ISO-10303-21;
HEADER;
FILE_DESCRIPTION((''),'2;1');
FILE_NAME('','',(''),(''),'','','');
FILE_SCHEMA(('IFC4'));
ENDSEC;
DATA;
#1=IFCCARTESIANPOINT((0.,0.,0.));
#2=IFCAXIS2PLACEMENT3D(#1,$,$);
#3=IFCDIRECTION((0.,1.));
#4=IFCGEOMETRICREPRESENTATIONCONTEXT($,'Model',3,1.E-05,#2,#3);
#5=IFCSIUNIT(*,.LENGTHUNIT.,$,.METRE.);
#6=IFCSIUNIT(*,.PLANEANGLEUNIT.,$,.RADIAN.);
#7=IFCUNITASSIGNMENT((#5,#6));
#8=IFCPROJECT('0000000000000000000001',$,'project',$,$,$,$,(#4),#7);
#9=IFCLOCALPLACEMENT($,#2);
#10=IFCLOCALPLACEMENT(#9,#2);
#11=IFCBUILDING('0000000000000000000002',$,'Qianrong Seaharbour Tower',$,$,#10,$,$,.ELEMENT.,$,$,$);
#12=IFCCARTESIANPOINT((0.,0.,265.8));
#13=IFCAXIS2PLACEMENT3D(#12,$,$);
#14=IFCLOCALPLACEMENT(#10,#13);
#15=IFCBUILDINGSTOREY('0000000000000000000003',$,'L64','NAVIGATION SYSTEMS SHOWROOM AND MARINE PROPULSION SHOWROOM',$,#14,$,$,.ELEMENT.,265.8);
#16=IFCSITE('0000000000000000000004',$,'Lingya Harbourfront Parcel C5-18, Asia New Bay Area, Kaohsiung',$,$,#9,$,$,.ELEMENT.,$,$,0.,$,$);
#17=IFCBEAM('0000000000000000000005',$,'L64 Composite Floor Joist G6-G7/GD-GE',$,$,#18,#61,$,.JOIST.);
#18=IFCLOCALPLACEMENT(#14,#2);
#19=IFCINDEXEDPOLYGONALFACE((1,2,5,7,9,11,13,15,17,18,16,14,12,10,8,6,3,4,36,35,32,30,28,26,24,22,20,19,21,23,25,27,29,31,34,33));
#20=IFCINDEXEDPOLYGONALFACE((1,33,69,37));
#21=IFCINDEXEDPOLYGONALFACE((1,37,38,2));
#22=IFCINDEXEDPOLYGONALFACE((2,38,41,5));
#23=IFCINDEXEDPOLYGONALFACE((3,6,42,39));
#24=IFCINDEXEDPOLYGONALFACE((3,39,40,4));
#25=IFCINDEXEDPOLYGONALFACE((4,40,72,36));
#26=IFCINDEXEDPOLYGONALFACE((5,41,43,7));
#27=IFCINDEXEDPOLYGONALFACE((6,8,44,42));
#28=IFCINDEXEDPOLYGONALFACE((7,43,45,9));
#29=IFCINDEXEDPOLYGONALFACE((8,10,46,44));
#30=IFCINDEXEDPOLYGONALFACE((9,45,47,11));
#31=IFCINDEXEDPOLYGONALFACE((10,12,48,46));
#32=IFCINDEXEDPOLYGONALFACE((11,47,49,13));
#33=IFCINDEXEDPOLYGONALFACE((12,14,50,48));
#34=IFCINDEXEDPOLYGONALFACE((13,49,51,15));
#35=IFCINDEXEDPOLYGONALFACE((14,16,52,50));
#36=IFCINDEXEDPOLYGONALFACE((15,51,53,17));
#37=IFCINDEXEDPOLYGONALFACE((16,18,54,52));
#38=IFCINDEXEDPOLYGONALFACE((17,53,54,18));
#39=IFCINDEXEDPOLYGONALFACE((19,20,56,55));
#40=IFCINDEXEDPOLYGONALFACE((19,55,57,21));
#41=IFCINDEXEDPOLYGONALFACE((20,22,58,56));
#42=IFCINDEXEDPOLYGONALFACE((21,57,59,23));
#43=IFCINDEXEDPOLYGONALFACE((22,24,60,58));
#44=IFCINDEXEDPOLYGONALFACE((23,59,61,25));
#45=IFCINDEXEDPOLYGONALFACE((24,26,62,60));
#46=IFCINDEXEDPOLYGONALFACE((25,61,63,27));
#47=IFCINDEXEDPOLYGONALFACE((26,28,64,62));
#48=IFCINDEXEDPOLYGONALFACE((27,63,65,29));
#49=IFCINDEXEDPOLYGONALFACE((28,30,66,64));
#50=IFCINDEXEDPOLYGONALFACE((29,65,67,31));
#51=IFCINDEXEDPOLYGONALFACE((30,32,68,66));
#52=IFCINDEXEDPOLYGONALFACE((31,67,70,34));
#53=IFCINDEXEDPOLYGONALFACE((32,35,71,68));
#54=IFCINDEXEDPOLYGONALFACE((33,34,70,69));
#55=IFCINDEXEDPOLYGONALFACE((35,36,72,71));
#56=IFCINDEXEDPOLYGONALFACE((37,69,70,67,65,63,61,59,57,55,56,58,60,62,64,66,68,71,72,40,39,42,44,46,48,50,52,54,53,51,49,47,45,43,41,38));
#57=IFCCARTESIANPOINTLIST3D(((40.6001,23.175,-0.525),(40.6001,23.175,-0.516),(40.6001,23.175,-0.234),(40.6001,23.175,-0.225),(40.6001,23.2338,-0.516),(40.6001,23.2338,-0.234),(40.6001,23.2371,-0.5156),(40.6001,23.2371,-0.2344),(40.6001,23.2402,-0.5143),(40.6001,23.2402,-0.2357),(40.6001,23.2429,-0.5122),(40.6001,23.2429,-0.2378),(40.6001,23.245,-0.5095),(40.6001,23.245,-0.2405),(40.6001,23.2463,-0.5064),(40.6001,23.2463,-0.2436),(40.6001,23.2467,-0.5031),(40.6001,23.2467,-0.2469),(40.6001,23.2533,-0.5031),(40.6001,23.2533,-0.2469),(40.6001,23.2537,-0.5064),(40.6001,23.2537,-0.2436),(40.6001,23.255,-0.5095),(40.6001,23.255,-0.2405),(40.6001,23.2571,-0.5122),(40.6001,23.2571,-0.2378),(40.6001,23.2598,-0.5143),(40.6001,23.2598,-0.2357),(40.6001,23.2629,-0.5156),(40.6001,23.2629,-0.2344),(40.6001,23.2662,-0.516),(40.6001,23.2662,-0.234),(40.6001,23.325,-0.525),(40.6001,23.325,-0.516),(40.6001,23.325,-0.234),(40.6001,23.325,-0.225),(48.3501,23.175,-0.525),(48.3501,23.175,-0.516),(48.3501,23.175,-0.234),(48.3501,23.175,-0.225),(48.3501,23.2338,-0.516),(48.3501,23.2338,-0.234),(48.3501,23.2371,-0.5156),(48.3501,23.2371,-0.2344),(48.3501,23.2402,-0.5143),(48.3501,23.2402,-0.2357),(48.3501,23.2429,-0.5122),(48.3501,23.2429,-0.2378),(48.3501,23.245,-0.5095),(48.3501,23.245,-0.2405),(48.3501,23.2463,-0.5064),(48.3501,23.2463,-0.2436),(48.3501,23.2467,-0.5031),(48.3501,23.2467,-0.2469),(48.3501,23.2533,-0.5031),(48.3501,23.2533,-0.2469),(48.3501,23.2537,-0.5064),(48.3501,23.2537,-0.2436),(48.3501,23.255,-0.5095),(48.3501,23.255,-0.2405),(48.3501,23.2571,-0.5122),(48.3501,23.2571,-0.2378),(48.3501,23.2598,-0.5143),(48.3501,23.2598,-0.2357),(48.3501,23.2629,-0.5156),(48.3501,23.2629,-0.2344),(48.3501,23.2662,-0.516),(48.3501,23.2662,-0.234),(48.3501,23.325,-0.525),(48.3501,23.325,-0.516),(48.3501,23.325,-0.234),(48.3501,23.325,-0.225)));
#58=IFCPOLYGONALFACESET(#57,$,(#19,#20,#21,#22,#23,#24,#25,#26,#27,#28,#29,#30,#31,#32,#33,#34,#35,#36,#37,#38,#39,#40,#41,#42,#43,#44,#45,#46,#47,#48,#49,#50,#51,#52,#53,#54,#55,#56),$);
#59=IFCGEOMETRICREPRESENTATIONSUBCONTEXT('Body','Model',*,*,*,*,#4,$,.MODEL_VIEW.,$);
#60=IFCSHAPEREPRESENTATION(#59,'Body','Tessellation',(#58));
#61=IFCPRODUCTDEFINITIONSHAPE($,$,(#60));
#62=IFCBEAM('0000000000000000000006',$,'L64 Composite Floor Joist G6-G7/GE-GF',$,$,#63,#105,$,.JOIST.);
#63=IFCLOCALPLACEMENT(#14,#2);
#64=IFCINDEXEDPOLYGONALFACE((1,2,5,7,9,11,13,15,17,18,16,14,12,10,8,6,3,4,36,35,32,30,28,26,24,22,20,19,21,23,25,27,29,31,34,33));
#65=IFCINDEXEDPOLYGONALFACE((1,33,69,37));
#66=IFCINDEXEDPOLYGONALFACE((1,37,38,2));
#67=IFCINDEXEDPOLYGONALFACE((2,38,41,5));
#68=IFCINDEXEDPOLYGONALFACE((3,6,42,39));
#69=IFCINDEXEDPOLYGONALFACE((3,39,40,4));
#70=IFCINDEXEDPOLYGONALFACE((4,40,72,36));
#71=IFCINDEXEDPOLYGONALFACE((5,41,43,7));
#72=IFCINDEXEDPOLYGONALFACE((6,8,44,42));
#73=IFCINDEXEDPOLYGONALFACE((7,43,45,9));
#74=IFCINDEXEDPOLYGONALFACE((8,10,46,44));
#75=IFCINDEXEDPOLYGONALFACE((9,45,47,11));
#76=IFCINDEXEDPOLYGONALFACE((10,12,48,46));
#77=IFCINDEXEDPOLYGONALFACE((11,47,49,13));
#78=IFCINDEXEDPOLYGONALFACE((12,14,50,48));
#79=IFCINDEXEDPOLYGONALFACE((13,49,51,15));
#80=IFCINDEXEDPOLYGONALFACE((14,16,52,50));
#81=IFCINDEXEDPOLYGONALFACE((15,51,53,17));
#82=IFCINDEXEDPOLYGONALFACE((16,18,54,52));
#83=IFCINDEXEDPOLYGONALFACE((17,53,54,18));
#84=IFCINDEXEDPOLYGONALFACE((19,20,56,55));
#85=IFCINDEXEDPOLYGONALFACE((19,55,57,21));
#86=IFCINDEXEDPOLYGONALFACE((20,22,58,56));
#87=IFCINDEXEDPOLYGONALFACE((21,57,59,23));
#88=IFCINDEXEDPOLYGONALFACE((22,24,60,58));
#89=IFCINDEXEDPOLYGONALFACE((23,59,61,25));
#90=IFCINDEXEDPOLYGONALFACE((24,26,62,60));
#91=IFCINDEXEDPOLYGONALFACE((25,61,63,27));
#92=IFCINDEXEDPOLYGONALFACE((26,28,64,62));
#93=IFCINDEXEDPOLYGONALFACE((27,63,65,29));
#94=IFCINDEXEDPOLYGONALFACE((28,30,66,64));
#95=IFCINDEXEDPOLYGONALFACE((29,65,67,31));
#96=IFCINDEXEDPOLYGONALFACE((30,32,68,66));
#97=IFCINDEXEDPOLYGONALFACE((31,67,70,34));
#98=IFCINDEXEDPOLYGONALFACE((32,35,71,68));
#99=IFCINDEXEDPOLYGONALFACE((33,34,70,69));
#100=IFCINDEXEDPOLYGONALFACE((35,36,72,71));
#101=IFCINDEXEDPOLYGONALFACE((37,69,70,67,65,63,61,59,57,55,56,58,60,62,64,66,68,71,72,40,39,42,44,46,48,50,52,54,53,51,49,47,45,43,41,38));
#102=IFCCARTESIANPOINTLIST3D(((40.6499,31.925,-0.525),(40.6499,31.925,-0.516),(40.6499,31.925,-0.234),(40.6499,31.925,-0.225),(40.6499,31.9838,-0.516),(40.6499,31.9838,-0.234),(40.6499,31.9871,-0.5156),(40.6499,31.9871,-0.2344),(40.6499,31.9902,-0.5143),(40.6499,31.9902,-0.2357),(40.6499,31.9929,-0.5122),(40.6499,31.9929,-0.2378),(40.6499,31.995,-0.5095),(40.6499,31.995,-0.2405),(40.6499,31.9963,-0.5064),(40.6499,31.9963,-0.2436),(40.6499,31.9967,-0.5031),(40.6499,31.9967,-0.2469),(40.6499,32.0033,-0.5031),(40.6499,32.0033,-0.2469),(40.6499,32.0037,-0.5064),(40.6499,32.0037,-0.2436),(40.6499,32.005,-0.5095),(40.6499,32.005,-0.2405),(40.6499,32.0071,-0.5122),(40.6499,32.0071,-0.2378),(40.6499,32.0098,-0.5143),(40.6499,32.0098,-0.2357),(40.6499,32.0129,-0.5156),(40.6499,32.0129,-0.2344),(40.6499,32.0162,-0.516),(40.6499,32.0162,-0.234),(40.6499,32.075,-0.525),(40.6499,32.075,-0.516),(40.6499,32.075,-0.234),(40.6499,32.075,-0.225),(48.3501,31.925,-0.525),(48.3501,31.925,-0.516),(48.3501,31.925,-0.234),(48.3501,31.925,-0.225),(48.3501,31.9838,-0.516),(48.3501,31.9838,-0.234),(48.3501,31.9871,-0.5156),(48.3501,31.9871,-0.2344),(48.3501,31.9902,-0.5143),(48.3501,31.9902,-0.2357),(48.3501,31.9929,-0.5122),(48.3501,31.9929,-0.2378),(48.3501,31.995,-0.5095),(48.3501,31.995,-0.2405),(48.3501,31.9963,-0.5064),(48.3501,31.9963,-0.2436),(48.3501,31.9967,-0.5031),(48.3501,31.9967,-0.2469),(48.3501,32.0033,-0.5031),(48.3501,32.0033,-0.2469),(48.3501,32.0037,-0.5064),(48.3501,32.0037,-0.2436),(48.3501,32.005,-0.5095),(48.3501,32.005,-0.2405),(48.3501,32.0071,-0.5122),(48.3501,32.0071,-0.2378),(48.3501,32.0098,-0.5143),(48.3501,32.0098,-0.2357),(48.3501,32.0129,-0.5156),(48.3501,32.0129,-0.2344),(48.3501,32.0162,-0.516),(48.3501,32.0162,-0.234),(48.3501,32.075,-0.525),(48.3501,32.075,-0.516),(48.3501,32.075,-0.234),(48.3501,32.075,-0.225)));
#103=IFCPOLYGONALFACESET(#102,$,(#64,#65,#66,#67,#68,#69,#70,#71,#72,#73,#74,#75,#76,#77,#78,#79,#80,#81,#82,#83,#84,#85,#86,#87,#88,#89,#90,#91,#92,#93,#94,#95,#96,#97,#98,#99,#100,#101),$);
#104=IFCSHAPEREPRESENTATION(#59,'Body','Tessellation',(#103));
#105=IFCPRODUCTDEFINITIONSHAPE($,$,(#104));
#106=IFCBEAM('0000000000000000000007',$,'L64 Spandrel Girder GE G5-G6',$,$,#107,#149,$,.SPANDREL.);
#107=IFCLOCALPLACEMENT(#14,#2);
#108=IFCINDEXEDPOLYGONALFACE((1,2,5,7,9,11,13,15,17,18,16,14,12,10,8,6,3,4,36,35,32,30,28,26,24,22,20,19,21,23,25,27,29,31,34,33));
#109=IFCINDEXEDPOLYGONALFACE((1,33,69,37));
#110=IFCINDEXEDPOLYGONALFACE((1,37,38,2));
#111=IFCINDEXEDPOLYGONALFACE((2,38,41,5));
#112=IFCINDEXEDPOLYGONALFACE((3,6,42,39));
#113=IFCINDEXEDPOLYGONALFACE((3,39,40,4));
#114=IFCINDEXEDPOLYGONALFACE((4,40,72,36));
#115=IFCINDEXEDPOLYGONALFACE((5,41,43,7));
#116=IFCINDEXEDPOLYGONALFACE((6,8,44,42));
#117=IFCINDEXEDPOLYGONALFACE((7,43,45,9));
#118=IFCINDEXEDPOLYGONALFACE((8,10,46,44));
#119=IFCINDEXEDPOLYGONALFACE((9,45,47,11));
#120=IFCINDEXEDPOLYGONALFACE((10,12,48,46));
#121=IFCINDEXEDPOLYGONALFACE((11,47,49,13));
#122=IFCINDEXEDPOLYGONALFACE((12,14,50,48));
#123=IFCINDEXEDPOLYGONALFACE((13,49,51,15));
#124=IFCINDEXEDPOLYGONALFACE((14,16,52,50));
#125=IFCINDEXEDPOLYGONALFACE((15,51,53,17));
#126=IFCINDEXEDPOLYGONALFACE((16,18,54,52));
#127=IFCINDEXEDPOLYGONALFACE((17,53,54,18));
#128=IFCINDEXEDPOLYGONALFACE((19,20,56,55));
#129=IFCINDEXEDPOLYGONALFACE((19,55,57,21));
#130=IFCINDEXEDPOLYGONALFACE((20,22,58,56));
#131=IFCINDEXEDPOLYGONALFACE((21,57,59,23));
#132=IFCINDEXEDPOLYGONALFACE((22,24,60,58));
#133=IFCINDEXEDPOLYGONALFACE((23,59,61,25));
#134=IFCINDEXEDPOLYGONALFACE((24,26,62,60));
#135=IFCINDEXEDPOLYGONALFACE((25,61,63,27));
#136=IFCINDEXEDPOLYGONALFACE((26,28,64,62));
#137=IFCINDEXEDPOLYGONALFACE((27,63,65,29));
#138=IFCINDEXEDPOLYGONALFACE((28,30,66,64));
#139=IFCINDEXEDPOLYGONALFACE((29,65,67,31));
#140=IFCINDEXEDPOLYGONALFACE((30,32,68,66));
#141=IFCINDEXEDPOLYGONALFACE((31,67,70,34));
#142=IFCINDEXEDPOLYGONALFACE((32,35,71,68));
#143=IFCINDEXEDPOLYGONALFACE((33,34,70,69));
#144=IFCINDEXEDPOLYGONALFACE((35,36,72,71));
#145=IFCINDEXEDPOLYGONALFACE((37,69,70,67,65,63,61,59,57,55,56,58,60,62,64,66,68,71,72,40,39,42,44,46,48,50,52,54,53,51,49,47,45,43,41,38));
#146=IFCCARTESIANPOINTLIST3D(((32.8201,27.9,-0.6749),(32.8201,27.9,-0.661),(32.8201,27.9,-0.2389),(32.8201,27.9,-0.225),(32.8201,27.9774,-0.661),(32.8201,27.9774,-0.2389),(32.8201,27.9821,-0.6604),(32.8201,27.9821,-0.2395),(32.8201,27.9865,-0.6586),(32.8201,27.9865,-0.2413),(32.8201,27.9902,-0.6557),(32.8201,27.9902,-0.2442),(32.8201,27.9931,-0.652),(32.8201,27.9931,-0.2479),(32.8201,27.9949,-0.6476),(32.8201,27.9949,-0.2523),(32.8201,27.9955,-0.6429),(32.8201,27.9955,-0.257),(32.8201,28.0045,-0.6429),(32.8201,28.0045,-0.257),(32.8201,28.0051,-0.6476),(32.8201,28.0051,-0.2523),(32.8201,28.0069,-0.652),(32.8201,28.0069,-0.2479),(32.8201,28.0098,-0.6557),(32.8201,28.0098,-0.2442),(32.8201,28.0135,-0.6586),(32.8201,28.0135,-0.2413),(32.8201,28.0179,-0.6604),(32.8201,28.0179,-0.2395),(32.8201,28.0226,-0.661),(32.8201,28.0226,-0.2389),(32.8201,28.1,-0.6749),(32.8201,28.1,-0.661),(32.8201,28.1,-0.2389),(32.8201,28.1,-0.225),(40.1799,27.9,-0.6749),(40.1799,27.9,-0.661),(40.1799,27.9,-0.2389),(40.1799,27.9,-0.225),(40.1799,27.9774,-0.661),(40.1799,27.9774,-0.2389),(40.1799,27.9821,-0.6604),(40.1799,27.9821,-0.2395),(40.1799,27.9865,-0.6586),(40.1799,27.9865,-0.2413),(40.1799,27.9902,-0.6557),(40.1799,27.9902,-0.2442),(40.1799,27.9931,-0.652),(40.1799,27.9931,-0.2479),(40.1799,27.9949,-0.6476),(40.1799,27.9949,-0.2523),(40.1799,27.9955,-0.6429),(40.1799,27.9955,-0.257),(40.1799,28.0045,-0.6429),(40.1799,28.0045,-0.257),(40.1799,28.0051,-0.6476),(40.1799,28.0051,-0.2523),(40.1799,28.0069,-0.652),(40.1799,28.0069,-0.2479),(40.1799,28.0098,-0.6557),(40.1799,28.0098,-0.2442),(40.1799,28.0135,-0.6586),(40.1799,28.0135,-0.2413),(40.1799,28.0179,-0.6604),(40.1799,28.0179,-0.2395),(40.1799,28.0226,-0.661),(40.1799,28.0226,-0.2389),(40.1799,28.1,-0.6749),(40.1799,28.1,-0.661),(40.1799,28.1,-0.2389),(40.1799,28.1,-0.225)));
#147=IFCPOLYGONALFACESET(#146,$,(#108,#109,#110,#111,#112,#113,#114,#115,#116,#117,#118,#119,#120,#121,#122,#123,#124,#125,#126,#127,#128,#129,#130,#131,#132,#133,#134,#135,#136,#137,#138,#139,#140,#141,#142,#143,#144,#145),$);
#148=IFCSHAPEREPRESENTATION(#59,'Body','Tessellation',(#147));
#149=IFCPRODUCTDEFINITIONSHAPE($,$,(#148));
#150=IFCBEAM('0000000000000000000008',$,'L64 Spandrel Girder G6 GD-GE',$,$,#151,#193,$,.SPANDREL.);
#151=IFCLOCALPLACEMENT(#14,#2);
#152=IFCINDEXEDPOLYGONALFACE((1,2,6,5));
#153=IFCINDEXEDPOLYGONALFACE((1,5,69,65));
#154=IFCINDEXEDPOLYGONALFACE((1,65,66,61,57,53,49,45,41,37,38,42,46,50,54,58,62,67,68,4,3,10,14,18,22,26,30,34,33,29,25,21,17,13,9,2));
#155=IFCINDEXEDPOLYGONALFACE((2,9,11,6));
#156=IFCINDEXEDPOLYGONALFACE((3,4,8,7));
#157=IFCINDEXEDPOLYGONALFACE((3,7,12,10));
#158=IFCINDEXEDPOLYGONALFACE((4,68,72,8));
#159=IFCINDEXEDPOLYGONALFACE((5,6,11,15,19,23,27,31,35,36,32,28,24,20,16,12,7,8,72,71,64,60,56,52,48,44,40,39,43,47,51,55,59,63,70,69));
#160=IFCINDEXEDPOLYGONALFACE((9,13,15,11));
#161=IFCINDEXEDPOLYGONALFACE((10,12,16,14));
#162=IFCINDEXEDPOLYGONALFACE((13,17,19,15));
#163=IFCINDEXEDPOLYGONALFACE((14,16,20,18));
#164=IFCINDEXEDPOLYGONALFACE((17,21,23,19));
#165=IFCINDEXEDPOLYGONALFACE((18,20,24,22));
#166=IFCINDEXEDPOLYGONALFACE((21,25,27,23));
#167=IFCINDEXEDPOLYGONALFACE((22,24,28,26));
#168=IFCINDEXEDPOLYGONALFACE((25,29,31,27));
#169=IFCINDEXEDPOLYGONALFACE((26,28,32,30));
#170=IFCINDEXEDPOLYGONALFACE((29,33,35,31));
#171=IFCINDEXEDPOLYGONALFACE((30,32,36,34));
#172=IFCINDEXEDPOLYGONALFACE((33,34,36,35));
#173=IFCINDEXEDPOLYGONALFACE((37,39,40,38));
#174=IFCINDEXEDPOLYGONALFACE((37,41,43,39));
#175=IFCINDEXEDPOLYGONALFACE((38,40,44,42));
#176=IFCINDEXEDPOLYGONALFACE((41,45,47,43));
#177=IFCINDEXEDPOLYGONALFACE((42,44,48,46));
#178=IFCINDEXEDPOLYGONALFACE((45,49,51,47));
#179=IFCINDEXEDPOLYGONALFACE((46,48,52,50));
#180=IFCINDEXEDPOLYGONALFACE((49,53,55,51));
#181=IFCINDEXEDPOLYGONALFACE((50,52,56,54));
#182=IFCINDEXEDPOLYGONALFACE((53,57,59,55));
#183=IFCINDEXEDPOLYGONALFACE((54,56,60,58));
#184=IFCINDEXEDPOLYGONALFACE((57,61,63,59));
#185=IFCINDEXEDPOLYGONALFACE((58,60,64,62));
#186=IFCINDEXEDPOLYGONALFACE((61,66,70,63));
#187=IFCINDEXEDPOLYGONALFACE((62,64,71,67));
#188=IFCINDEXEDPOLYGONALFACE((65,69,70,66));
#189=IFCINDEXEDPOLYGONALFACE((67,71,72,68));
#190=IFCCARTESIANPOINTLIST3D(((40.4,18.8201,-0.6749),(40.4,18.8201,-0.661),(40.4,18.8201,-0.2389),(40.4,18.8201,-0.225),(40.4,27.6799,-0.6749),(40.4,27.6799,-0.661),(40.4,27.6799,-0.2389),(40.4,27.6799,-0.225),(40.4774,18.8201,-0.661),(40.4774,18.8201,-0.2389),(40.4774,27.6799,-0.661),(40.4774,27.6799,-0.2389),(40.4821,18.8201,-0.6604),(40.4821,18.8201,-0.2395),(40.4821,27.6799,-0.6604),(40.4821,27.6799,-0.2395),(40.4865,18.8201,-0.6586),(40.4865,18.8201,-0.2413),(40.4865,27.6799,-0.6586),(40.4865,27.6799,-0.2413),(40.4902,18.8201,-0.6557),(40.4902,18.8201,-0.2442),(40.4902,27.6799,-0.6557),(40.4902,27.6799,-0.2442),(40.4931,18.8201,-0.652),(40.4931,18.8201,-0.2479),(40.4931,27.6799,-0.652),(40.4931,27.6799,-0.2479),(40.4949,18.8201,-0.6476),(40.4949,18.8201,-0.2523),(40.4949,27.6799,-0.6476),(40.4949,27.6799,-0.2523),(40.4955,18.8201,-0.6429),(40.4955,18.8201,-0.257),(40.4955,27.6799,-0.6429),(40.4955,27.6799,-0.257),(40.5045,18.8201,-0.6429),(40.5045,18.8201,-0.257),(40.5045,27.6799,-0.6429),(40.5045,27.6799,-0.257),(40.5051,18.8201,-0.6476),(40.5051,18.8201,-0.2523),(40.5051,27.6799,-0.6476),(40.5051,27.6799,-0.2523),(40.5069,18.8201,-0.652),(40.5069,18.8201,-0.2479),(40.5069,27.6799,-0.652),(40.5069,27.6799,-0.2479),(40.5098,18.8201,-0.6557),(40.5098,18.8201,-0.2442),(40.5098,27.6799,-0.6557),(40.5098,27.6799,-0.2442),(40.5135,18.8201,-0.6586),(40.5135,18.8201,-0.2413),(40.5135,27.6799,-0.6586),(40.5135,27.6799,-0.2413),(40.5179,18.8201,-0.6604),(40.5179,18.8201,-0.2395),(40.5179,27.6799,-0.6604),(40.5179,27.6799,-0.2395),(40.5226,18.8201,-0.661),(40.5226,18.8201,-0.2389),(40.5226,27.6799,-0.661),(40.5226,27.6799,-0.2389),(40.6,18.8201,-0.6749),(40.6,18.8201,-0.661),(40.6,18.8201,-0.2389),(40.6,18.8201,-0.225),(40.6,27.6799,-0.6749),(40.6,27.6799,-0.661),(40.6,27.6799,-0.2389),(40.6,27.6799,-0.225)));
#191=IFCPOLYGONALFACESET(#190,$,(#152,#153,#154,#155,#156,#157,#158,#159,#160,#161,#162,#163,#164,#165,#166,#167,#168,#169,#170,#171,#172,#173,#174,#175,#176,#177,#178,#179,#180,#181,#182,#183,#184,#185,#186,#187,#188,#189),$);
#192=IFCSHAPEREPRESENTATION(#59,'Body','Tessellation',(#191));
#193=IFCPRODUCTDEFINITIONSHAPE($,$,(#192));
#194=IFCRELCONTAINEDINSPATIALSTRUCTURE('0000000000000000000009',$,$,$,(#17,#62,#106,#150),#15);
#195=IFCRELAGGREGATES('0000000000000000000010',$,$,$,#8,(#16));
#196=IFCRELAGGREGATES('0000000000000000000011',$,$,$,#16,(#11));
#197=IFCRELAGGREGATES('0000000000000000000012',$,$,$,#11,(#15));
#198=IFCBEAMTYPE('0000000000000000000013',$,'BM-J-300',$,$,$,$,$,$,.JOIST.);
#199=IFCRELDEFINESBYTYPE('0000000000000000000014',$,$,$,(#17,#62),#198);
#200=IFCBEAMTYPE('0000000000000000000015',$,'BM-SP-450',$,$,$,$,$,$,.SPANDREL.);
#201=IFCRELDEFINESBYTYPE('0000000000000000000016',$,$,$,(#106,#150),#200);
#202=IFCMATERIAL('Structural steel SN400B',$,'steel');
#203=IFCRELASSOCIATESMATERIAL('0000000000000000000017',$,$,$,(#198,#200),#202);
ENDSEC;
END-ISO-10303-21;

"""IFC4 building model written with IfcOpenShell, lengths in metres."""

from ifc_helpers import new_model, si_unit, direction, frame, origin, origin_2d, place, context, subcontext, project, spatial, i_section, extrude, material, material_profile, profile_set, type_object, element, save


model = new_model("IFC4")

# Units and contexts
model_context = context("Model", 3, precision=1e-05, world=origin(), true_north=direction((0.0, 1.0)))
body_context = subcontext(model_context, "Body", "Model", "MODEL_VIEW")
ifc_project = project(units=[si_unit("LENGTHUNIT", "METRE"), si_unit("PLANEANGLEUNIT", "RADIAN")], contexts=[model_context])

# Site, building, storey
site_placement = place(None, origin())
site = spatial("IfcSite", under=ifc_project, at=site_placement, Name="Lingya Harbourfront Parcel C5-18, Asia New Bay Area, Kaohsiung", CompositionType="ELEMENT", RefElevation=0.0)
building_placement = place(site_placement, origin())
building = spatial("IfcBuilding", under=site, at=building_placement, Name="Qianrong Seaharbour Tower", CompositionType="ELEMENT")
storey_placement = place(building_placement, frame((0.0, 0.0, 265.8)))
storey = spatial("IfcBuildingStorey", under=building, at=storey_placement, Name="L64", Description="NAVIGATION SYSTEMS SHOWROOM AND MARINE PROPULSION SHOWROOM", CompositionType="ELEMENT", Elevation=265.8)

# Beams
ifc_material_1 = material(Name="Structural steel SN400B", Category="steel")
ifc_material_profile_1 = material_profile(ifc_material_1, i_section(OverallWidth=0.1499, OverallDepth=0.3, WebThickness=0.0066, FlangeThickness=0.009, FilletRadius=0.0129, at=origin_2d()), Name="H300x150x6.5x9")
ifc_profile_set_1 = profile_set([ifc_material_profile_1], Name="Structural steel SN400B")
beam_type_1 = type_object("IfcBeamType", Name="BM-J-300", PredefinedType="JOIST", material=ifc_profile_set_1)
beam_1_placement = place(storey_placement, frame((40.6001, 23.25, -0.375), z_axis=(1.0, 0.0, 0.0), x_axis=(0.0, 1.0, 0.0)))
element("IfcBeam", 1, at=beam_1_placement, inside=storey, type_object=beam_type_1, Name="L64 Composite Floor Joist G6-G7/GD-GE", PredefinedType="JOIST", context=body_context, shape_type="SweptSolid", body=[
    extrude(i_section(OverallWidth=0.1499, OverallDepth=0.3, WebThickness=0.0066, FlangeThickness=0.009, FilletRadius=0.0129, at=origin_2d()), origin(), (0.0, 0.0, 1.0), 7.75),
])
beam_2_placement = place(storey_placement, frame((40.6499, 32.0, -0.375), z_axis=(1.0, 0.0, 0.0), x_axis=(0.0, 1.0, 0.0)))
element("IfcBeam", 2, at=beam_2_placement, inside=storey, type_object=beam_type_1, Name="L64 Composite Floor Joist G6-G7/GE-GF", PredefinedType="JOIST", context=body_context, shape_type="SweptSolid", body=[
    extrude(i_section(OverallWidth=0.1499, OverallDepth=0.3, WebThickness=0.0066, FlangeThickness=0.009, FilletRadius=0.0129, at=origin_2d()), origin(), (0.0, 0.0, 1.0), 7.7002),
])
ifc_material_profile_2 = material_profile(ifc_material_1, i_section(OverallWidth=0.2, OverallDepth=0.45, WebThickness=0.009, FlangeThickness=0.0139, FilletRadius=0.0181, at=origin_2d()), Name="H450x200x9x14")
ifc_profile_set_2 = profile_set([ifc_material_profile_2], Name="Structural steel SN400B")
beam_type_2 = type_object("IfcBeamType", Name="BM-SP-450", PredefinedType="SPANDREL", material=ifc_profile_set_2)
beam_3_placement = place(storey_placement, frame((32.8201, 28.0, -0.45), z_axis=(1.0, 0.0, 0.0), x_axis=(0.0, 1.0, 0.0)))
element("IfcBeam", 3, at=beam_3_placement, inside=storey, type_object=beam_type_2, Name="L64 Spandrel Girder GE G5-G6", PredefinedType="SPANDREL", context=body_context, shape_type="SweptSolid", body=[
    extrude(i_section(OverallWidth=0.2, OverallDepth=0.45, WebThickness=0.009, FlangeThickness=0.0139, FilletRadius=0.0181, at=origin_2d()), origin(), (0.0, 0.0, 1.0), 7.3599),
])
beam_4_placement = place(storey_placement, frame((40.5, 18.8201, -0.45), z_axis=(0.0, 1.0, 0.0), x_axis=(-1.0, 0.0, 0.0)))
element("IfcBeam", 4, at=beam_4_placement, inside=storey, type_object=beam_type_2, Name="L64 Spandrel Girder G6 GD-GE", PredefinedType="SPANDREL", context=body_context, shape_type="SweptSolid", body=[
    extrude(i_section(OverallWidth=0.2, OverallDepth=0.45, WebThickness=0.009, FlangeThickness=0.0139, FilletRadius=0.0181, at=origin_2d()), origin(), (0.0, 0.0, 1.0), 8.8599),
])

save(model, "model.ifc")
